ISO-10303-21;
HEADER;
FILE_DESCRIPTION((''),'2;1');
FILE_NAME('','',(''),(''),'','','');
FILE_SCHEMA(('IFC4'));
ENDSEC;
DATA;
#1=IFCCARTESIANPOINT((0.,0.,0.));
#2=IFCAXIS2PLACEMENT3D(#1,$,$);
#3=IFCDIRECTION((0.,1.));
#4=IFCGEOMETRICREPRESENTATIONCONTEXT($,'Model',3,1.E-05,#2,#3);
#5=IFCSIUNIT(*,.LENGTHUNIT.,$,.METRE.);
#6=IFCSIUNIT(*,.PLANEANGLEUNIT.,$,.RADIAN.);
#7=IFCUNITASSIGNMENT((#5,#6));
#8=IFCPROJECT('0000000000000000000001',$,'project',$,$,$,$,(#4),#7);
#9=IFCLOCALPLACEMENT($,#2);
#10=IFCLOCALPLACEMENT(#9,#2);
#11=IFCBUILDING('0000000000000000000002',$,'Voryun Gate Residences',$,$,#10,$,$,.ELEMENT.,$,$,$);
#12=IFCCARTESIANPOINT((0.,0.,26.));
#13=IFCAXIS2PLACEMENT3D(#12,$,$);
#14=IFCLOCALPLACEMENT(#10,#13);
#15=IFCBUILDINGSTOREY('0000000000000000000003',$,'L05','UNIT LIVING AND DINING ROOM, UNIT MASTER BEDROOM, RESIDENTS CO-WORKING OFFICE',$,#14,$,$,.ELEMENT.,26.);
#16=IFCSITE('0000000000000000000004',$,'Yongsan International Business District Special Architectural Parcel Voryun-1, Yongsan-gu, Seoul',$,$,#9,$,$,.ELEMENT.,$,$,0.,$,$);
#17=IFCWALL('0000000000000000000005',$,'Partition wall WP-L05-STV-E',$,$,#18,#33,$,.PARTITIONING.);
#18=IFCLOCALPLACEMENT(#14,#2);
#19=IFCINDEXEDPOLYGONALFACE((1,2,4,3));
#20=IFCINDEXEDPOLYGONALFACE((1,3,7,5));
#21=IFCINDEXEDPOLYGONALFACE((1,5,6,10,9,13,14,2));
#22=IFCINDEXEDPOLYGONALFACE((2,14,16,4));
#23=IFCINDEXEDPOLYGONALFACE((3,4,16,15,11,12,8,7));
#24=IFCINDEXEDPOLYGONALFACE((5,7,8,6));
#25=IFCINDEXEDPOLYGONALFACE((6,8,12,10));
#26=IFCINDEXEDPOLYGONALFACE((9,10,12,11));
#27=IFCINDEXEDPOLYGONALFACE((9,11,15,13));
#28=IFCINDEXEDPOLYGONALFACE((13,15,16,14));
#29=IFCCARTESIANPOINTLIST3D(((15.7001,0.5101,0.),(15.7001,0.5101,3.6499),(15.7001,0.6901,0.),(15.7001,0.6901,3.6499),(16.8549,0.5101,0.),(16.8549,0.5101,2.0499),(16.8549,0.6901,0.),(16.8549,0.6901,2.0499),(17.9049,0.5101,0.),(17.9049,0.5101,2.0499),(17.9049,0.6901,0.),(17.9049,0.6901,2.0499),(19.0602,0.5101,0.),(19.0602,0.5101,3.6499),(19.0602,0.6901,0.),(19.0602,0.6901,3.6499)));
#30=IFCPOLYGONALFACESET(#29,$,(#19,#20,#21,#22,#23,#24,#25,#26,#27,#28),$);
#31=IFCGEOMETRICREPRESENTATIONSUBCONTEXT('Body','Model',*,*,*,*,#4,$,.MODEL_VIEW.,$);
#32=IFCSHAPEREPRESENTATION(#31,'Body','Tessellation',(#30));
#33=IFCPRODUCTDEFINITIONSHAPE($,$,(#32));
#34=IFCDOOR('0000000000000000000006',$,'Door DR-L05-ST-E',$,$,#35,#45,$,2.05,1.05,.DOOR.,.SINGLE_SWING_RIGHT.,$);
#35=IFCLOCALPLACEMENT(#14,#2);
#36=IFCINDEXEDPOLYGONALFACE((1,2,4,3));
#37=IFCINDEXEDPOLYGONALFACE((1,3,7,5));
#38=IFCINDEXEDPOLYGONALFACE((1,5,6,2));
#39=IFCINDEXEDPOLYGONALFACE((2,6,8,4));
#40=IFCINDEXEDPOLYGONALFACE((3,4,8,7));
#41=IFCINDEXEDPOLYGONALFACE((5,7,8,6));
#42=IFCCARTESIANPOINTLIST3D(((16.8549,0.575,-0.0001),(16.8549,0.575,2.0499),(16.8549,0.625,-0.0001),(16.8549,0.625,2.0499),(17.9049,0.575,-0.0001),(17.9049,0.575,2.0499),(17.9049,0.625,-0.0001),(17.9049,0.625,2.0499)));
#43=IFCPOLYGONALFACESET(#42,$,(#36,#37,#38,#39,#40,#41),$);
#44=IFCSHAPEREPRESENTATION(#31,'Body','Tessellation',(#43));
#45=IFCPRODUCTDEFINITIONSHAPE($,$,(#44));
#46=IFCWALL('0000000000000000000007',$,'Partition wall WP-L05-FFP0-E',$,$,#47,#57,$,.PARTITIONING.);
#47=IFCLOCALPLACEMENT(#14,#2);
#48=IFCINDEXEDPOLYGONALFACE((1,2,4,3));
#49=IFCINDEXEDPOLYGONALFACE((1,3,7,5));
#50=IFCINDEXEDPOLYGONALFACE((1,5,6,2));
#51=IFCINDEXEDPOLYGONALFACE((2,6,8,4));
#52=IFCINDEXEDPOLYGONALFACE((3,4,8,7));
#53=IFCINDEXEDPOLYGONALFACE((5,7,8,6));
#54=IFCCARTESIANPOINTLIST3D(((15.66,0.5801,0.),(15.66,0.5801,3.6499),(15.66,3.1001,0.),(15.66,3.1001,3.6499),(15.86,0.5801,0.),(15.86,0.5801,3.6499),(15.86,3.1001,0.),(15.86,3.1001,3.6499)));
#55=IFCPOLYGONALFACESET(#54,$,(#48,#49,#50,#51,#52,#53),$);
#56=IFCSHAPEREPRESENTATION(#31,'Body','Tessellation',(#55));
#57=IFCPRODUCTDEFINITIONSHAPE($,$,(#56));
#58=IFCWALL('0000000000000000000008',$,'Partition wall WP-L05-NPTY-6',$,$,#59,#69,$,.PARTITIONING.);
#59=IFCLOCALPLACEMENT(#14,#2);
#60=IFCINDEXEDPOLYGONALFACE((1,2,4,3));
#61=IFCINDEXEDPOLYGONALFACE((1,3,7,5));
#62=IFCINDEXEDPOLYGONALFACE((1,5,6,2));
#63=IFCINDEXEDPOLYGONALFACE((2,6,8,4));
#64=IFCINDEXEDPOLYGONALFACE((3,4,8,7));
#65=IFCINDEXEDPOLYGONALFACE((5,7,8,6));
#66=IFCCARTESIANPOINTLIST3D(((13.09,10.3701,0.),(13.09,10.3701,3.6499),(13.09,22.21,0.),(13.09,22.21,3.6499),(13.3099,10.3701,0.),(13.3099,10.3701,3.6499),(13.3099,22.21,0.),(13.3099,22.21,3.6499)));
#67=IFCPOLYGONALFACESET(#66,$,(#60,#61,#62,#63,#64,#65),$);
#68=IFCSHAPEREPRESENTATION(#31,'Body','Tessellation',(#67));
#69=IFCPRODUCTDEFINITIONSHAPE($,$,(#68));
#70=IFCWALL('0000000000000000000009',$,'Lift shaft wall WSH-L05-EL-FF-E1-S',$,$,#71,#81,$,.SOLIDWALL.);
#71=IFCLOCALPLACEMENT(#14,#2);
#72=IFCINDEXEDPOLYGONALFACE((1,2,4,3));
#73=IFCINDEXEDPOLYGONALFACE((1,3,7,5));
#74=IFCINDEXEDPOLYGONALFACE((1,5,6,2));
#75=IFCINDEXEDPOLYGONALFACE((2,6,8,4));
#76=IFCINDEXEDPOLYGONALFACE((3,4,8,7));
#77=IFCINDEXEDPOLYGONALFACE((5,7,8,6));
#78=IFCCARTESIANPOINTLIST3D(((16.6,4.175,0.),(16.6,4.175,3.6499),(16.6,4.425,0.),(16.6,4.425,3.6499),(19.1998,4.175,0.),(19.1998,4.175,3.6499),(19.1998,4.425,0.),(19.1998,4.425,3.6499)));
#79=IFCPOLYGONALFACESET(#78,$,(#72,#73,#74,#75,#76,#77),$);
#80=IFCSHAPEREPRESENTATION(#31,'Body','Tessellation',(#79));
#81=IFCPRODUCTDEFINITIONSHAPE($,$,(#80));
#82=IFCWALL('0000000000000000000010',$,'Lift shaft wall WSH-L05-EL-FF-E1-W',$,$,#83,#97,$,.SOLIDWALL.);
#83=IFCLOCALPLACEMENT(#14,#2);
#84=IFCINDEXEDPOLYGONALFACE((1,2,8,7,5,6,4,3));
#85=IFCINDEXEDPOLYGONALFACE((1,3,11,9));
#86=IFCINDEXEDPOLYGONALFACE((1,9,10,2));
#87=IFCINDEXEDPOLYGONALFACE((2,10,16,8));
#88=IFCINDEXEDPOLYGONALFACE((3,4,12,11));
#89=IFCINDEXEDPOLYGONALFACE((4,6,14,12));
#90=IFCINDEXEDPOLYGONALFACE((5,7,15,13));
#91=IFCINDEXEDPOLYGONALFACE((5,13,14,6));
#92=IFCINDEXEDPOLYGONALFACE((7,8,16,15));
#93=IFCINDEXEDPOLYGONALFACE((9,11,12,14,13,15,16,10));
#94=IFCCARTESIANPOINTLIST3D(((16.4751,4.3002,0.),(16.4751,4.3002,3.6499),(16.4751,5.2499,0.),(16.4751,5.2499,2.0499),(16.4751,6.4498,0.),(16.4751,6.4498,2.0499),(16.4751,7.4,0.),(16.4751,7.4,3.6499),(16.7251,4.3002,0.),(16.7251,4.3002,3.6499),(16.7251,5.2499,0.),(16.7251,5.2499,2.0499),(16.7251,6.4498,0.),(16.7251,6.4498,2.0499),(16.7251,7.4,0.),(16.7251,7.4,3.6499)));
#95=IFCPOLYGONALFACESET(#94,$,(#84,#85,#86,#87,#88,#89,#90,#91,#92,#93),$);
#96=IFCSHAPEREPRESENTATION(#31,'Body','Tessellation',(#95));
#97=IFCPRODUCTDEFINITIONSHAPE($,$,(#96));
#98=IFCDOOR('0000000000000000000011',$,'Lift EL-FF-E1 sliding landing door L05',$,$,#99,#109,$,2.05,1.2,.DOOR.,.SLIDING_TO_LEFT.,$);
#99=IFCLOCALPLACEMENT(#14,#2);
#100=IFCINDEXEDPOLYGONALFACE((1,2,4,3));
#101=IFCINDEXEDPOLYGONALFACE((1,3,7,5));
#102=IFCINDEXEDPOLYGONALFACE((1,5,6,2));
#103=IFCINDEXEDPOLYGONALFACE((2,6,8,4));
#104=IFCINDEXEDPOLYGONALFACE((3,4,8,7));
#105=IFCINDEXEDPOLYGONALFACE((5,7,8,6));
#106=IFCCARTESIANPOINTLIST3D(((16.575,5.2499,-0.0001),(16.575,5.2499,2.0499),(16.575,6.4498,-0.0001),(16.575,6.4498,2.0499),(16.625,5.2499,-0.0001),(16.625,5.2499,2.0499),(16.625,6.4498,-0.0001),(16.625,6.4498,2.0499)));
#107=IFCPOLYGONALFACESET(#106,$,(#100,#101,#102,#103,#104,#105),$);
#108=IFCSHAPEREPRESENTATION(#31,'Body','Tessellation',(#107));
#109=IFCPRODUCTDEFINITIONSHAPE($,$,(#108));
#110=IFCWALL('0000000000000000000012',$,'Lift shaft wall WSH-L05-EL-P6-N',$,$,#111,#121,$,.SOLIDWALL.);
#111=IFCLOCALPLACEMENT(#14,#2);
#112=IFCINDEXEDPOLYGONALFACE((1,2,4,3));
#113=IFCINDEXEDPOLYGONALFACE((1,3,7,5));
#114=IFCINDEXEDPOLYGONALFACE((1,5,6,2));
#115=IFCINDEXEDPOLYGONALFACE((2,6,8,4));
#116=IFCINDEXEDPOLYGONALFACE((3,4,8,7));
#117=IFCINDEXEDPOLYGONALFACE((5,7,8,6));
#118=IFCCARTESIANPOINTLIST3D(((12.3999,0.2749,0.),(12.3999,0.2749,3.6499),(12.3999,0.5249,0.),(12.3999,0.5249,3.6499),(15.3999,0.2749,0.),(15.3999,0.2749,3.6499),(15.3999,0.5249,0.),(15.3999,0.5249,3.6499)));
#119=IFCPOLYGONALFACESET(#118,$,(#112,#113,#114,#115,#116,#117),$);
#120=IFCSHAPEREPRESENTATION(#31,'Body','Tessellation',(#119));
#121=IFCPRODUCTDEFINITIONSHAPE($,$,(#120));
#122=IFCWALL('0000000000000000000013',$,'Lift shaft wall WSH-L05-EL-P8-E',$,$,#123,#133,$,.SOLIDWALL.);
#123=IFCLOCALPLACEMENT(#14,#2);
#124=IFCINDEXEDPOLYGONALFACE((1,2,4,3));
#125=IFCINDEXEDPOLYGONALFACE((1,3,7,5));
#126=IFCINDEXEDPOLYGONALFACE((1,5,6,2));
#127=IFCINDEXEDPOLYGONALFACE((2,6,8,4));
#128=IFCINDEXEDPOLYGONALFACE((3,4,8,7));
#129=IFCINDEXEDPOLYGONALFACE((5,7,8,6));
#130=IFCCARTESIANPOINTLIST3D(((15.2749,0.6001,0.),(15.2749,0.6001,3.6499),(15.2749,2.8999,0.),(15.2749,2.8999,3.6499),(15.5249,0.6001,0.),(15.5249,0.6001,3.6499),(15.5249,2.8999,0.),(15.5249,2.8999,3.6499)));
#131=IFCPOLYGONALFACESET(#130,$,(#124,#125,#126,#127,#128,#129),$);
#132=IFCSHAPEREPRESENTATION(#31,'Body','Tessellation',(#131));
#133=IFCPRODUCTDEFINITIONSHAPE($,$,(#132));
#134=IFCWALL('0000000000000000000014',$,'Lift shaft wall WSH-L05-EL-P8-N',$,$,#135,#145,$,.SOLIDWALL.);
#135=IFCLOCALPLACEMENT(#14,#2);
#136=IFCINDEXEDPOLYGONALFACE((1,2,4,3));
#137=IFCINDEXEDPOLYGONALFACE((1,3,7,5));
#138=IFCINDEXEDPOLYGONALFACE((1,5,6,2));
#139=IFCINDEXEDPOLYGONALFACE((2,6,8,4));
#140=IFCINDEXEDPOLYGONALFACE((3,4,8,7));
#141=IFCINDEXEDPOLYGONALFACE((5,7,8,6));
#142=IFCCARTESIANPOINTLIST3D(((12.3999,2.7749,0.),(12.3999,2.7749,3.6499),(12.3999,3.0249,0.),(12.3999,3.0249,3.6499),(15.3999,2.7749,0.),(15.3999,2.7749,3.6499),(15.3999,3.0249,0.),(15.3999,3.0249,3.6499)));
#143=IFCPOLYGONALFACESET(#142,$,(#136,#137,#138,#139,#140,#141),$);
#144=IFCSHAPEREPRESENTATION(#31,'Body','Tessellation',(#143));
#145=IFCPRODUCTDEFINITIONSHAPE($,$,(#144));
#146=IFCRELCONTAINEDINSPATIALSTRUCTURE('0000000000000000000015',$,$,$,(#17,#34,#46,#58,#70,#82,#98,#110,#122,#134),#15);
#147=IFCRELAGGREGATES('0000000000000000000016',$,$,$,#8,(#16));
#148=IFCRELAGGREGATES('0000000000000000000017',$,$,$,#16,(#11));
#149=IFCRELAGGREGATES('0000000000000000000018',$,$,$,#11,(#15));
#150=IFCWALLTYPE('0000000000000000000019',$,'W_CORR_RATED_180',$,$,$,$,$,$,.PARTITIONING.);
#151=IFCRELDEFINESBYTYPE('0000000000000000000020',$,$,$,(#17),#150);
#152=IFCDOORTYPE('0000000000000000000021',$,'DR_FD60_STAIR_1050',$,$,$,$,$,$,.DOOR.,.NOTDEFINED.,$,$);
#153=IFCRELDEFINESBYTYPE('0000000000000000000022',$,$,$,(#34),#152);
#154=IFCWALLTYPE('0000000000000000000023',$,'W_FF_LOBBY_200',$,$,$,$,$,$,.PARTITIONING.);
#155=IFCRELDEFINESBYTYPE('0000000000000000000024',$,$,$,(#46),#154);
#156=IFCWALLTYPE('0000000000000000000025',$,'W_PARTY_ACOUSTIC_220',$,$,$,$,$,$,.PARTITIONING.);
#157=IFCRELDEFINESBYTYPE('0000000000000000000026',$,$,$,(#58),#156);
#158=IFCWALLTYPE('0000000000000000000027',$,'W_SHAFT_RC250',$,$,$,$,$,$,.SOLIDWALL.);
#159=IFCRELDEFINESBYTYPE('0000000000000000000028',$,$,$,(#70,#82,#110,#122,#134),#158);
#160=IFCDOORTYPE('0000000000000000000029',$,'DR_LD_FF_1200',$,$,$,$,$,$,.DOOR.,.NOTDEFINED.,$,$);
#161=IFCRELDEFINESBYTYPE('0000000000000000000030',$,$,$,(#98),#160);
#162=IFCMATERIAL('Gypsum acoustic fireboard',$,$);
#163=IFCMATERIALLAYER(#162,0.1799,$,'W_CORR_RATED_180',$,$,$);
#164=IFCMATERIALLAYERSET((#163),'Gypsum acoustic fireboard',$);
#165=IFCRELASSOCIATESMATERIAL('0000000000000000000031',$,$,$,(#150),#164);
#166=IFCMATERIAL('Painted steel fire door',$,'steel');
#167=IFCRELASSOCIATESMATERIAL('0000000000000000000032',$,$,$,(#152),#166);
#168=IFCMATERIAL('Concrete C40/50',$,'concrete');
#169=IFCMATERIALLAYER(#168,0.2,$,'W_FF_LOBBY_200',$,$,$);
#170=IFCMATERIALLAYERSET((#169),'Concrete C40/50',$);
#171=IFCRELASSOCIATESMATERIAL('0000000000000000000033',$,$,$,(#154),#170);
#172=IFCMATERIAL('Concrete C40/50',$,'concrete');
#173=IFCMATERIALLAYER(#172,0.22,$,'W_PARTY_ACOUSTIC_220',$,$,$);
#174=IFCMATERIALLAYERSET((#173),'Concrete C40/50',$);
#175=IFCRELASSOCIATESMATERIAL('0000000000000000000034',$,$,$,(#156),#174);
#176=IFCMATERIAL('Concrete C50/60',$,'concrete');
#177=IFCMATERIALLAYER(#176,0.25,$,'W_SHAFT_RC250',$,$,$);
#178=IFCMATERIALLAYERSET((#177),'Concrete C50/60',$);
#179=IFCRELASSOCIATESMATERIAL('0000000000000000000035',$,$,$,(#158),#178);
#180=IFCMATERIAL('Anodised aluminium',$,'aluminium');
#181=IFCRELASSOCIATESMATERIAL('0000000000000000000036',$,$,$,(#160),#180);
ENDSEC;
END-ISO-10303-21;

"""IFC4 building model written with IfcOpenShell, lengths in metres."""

from ifc_helpers import new_model, si_unit, direction, frame, frame_2d, origin, place, context, subcontext, project, spatial, rectangle, extrude, material, layer, layer_set, type_object, element, fill, save


model = new_model("IFC4")

# Units and contexts
model_context = context("Model", 3, precision=1e-05, world=origin(), true_north=direction((0.0, 1.0)))
body_context = subcontext(model_context, "Body", "Model", "MODEL_VIEW")
ifc_project = project(units=[si_unit("LENGTHUNIT", "METRE"), si_unit("PLANEANGLEUNIT", "RADIAN")], contexts=[model_context])

# Site, building, storey
site_placement = place(None, origin())
site = spatial("IfcSite", under=ifc_project, at=site_placement, Name="Yongsan International Business District Special Architectural Parcel Voryun-1, Yongsan-gu, Seoul", CompositionType="ELEMENT", RefElevation=0.0)
building_placement = place(site_placement, origin())
building = spatial("IfcBuilding", under=site, at=building_placement, Name="Voryun Gate Residences", CompositionType="ELEMENT")
storey_placement = place(building_placement, frame((0.0, 0.0, 26.0)))
storey = spatial("IfcBuildingStorey", under=building, at=storey_placement, Name="L05", Description="UNIT LIVING AND DINING ROOM, UNIT MASTER BEDROOM, RESIDENTS CO-WORKING OFFICE", CompositionType="ELEMENT", Elevation=26.0)

# Wall, opening, door
ifc_material_1 = material(Name="Gypsum acoustic fireboard")
ifc_layer_1 = layer(ifc_material_1, 0.1799, Name="W_CORR_RATED_180")
ifc_layer_set_1 = layer_set([ifc_layer_1], Name="Gypsum acoustic fireboard")
wall_type_1 = type_object("IfcWallType", Name="W_CORR_RATED_180", PredefinedType="PARTITIONING", material=ifc_layer_set_1)
wall_1_placement = place(storey_placement, frame((15.7, 0.6001, 0.0), z_axis=(0.0, 0.0, 1.0), x_axis=(1.0, 0.0, 0.0)))
wall_1 = element("IfcWall", 1, at=wall_1_placement, inside=storey, type_object=wall_type_1, Name="Partition wall WP-L05-STV-E", PredefinedType="PARTITIONING", context=body_context, shape_type="SweptSolid", body=[
    extrude(rectangle(XDim=3.3601, YDim=0.1799, at=frame_2d((1.6802, 0.0))), origin(), (0.0, 0.0, 1.0), 3.6499),
])
opening_1_placement = place(wall_1_placement, frame((1.155, 0.0, 0.0)))
opening_1 = element("IfcOpeningElement", 2, at=opening_1_placement, cuts=wall_1, PredefinedType="OPENING", context=body_context, shape_type="SweptSolid", body=[
    extrude(rectangle(XDim=1.05, YDim=2.05, at=frame_2d((0.5249, 1.0249))), frame((0.0, 0.0999, 0.0), z_axis=(0.0, -1.0, 0.0), x_axis=(1.0, 0.0, 0.0)), (0.0, 0.0, 1.0), 0.2),
])
ifc_material_2 = material(Name="Painted steel fire door", Category="steel")
door_type_1 = type_object("IfcDoorType", Name="DR_FD60_STAIR_1050", OperationType="NOTDEFINED", PredefinedType="DOOR", material=ifc_material_2)
door_1_placement = place(opening_1_placement, origin())
door_1 = element("IfcDoor", 3, at=door_1_placement, inside=storey, type_object=door_type_1, Name="Door DR-L05-ST-E", OperationType="SINGLE_SWING_RIGHT", OverallHeight=2.05, OverallWidth=1.05, PredefinedType="DOOR", context=body_context, shape_type="SweptSolid", body=[
    extrude(rectangle(XDim=1.05, YDim=2.05, at=frame_2d((0.5249, 1.0249))), frame((0.0, 0.0249, 0.0), z_axis=(0.0, -1.0, 0.0), x_axis=(1.0, 0.0, 0.0)), (0.0, 0.0, 1.0), 0.05),
])
fill(opening_1, door_1)

# Walls
ifc_material_3 = material(Name="Concrete C40/50", Category="concrete")
ifc_layer_2 = layer(ifc_material_3, 0.2, Name="W_FF_LOBBY_200")
ifc_layer_set_2 = layer_set([ifc_layer_2], Name="Concrete C40/50")
wall_type_2 = type_object("IfcWallType", Name="W_FF_LOBBY_200", PredefinedType="PARTITIONING", material=ifc_layer_set_2)
wall_2_placement = place(storey_placement, frame((15.76, 0.5801, 0.0), z_axis=(0.0, 0.0, 1.0), x_axis=(0.0, 1.0, 0.0)))
element("IfcWall", 4, at=wall_2_placement, inside=storey, type_object=wall_type_2, Name="Partition wall WP-L05-FFP0-E", PredefinedType="PARTITIONING", context=body_context, shape_type="SweptSolid", body=[
    extrude(rectangle(XDim=2.52, YDim=0.2, at=frame_2d((1.26, 0.0))), origin(), (0.0, 0.0, 1.0), 3.6499),
])
ifc_material_4 = material(Name="Concrete C40/50", Category="concrete")
ifc_layer_3 = layer(ifc_material_4, 0.22, Name="W_PARTY_ACOUSTIC_220")
ifc_layer_set_3 = layer_set([ifc_layer_3], Name="Concrete C40/50")
wall_type_3 = type_object("IfcWallType", Name="W_PARTY_ACOUSTIC_220", PredefinedType="PARTITIONING", material=ifc_layer_set_3)
wall_3_placement = place(storey_placement, frame((13.2, 10.3701, 0.0), z_axis=(0.0, 0.0, 1.0), x_axis=(0.0, 1.0, 0.0)))
element("IfcWall", 5, at=wall_3_placement, inside=storey, type_object=wall_type_3, Name="Partition wall WP-L05-NPTY-6", PredefinedType="PARTITIONING", context=body_context, shape_type="SweptSolid", body=[
    extrude(rectangle(XDim=11.8398, YDim=0.22, at=frame_2d((5.9199, 0.0))), origin(), (0.0, 0.0, 1.0), 3.6499),
])
ifc_material_5 = material(Name="Concrete C50/60", Category="concrete")
ifc_layer_4 = layer(ifc_material_5, 0.25, Name="W_SHAFT_RC250")
ifc_layer_set_4 = layer_set([ifc_layer_4], Name="Concrete C50/60")
wall_type_4 = type_object("IfcWallType", Name="W_SHAFT_RC250", PredefinedType="SOLIDWALL", material=ifc_layer_set_4)
wall_4_placement = place(storey_placement, frame((16.6001, 4.3, 0.0), z_axis=(0.0, 0.0, 1.0), x_axis=(1.0, 0.0, 0.0)))
element("IfcWall", 6, at=wall_4_placement, inside=storey, type_object=wall_type_4, Name="Lift shaft wall WSH-L05-EL-FF-E1-S", PredefinedType="SOLIDWALL", context=body_context, shape_type="SweptSolid", body=[
    extrude(rectangle(XDim=2.5999, YDim=0.25, at=frame_2d((1.2998, 0.0))), origin(), (0.0, 0.0, 1.0), 3.6499),
])

# Wall, opening, door
wall_5_placement = place(storey_placement, frame((16.6001, 7.3999, 0.0), z_axis=(0.0, 0.0, 1.0), x_axis=(0.0, -1.0, 0.0)))
wall_5 = element("IfcWall", 7, at=wall_5_placement, inside=storey, type_object=wall_type_4, Name="Lift shaft wall WSH-L05-EL-FF-E1-W", PredefinedType="SOLIDWALL", context=body_context, shape_type="SweptSolid", body=[
    extrude(rectangle(XDim=3.0999, YDim=0.25, at=frame_2d((1.5498, 0.0))), origin(), (0.0, 0.0, 1.0), 3.6499),
])
opening_2_placement = place(wall_5_placement, frame((0.95, 0.0, 0.0)))
opening_2 = element("IfcOpeningElement", 8, at=opening_2_placement, cuts=wall_5, PredefinedType="OPENING", context=body_context, shape_type="SweptSolid", body=[
    extrude(rectangle(XDim=1.2, YDim=2.05, at=frame_2d((0.6001, 1.0249))), frame((0.0, 0.135, 0.0), z_axis=(0.0, -1.0, 0.0), x_axis=(1.0, 0.0, 0.0)), (0.0, 0.0, 1.0), 0.27),
])
ifc_material_6 = material(Name="Anodised aluminium", Category="aluminium")
door_type_2 = type_object("IfcDoorType", Name="DR_LD_FF_1200", OperationType="NOTDEFINED", PredefinedType="DOOR", material=ifc_material_6)
door_2_placement = place(opening_2_placement, origin())
door_2 = element("IfcDoor", 9, at=door_2_placement, inside=storey, type_object=door_type_2, Name="Lift EL-FF-E1 sliding landing door L05", OperationType="SLIDING_TO_LEFT", OverallHeight=2.05, OverallWidth=1.2, PredefinedType="DOOR", context=body_context, shape_type="SweptSolid", body=[
    extrude(rectangle(XDim=1.2, YDim=2.05, at=frame_2d((0.6001, 1.0249))), frame((0.0, 0.0249, 0.0), z_axis=(0.0, -1.0, 0.0), x_axis=(1.0, 0.0, 0.0)), (0.0, 0.0, 1.0), 0.05),
])
fill(opening_2, door_2)

# Walls
wall_6_placement = place(storey_placement, frame((15.3999, 0.3999, 0.0), z_axis=(0.0, 0.0, 1.0), x_axis=(-1.0, 0.0, 0.0)))
element("IfcWall", 10, at=wall_6_placement, inside=storey, type_object=wall_type_4, Name="Lift shaft wall WSH-L05-EL-P6-N", PredefinedType="SOLIDWALL", context=body_context, shape_type="SweptSolid", body=[
    extrude(rectangle(XDim=3.0, YDim=0.25, at=frame_2d((1.5, 0.0))), origin(), (0.0, 0.0, 1.0), 3.6499),
])
wall_7_placement = place(storey_placement, frame((15.3999, 0.6001, 0.0), z_axis=(0.0, 0.0, 1.0), x_axis=(0.0, 1.0, 0.0)))
element("IfcWall", 11, at=wall_7_placement, inside=storey, type_object=wall_type_4, Name="Lift shaft wall WSH-L05-EL-P8-E", PredefinedType="SOLIDWALL", context=body_context, shape_type="SweptSolid", body=[
    extrude(rectangle(XDim=2.2998, YDim=0.25, at=frame_2d((1.1499, 0.0))), origin(), (0.0, 0.0, 1.0), 3.6499),
])
wall_8_placement = place(storey_placement, frame((15.3999, 2.8999, 0.0), z_axis=(0.0, 0.0, 1.0), x_axis=(-1.0, 0.0, 0.0)))
element("IfcWall", 12, at=wall_8_placement, inside=storey, type_object=wall_type_4, Name="Lift shaft wall WSH-L05-EL-P8-N", PredefinedType="SOLIDWALL", context=body_context, shape_type="SweptSolid", body=[
    extrude(rectangle(XDim=3.0, YDim=0.25, at=frame_2d((1.5, 0.0))), origin(), (0.0, 0.0, 1.0), 3.6499),
])

save(model, "model.ifc")
